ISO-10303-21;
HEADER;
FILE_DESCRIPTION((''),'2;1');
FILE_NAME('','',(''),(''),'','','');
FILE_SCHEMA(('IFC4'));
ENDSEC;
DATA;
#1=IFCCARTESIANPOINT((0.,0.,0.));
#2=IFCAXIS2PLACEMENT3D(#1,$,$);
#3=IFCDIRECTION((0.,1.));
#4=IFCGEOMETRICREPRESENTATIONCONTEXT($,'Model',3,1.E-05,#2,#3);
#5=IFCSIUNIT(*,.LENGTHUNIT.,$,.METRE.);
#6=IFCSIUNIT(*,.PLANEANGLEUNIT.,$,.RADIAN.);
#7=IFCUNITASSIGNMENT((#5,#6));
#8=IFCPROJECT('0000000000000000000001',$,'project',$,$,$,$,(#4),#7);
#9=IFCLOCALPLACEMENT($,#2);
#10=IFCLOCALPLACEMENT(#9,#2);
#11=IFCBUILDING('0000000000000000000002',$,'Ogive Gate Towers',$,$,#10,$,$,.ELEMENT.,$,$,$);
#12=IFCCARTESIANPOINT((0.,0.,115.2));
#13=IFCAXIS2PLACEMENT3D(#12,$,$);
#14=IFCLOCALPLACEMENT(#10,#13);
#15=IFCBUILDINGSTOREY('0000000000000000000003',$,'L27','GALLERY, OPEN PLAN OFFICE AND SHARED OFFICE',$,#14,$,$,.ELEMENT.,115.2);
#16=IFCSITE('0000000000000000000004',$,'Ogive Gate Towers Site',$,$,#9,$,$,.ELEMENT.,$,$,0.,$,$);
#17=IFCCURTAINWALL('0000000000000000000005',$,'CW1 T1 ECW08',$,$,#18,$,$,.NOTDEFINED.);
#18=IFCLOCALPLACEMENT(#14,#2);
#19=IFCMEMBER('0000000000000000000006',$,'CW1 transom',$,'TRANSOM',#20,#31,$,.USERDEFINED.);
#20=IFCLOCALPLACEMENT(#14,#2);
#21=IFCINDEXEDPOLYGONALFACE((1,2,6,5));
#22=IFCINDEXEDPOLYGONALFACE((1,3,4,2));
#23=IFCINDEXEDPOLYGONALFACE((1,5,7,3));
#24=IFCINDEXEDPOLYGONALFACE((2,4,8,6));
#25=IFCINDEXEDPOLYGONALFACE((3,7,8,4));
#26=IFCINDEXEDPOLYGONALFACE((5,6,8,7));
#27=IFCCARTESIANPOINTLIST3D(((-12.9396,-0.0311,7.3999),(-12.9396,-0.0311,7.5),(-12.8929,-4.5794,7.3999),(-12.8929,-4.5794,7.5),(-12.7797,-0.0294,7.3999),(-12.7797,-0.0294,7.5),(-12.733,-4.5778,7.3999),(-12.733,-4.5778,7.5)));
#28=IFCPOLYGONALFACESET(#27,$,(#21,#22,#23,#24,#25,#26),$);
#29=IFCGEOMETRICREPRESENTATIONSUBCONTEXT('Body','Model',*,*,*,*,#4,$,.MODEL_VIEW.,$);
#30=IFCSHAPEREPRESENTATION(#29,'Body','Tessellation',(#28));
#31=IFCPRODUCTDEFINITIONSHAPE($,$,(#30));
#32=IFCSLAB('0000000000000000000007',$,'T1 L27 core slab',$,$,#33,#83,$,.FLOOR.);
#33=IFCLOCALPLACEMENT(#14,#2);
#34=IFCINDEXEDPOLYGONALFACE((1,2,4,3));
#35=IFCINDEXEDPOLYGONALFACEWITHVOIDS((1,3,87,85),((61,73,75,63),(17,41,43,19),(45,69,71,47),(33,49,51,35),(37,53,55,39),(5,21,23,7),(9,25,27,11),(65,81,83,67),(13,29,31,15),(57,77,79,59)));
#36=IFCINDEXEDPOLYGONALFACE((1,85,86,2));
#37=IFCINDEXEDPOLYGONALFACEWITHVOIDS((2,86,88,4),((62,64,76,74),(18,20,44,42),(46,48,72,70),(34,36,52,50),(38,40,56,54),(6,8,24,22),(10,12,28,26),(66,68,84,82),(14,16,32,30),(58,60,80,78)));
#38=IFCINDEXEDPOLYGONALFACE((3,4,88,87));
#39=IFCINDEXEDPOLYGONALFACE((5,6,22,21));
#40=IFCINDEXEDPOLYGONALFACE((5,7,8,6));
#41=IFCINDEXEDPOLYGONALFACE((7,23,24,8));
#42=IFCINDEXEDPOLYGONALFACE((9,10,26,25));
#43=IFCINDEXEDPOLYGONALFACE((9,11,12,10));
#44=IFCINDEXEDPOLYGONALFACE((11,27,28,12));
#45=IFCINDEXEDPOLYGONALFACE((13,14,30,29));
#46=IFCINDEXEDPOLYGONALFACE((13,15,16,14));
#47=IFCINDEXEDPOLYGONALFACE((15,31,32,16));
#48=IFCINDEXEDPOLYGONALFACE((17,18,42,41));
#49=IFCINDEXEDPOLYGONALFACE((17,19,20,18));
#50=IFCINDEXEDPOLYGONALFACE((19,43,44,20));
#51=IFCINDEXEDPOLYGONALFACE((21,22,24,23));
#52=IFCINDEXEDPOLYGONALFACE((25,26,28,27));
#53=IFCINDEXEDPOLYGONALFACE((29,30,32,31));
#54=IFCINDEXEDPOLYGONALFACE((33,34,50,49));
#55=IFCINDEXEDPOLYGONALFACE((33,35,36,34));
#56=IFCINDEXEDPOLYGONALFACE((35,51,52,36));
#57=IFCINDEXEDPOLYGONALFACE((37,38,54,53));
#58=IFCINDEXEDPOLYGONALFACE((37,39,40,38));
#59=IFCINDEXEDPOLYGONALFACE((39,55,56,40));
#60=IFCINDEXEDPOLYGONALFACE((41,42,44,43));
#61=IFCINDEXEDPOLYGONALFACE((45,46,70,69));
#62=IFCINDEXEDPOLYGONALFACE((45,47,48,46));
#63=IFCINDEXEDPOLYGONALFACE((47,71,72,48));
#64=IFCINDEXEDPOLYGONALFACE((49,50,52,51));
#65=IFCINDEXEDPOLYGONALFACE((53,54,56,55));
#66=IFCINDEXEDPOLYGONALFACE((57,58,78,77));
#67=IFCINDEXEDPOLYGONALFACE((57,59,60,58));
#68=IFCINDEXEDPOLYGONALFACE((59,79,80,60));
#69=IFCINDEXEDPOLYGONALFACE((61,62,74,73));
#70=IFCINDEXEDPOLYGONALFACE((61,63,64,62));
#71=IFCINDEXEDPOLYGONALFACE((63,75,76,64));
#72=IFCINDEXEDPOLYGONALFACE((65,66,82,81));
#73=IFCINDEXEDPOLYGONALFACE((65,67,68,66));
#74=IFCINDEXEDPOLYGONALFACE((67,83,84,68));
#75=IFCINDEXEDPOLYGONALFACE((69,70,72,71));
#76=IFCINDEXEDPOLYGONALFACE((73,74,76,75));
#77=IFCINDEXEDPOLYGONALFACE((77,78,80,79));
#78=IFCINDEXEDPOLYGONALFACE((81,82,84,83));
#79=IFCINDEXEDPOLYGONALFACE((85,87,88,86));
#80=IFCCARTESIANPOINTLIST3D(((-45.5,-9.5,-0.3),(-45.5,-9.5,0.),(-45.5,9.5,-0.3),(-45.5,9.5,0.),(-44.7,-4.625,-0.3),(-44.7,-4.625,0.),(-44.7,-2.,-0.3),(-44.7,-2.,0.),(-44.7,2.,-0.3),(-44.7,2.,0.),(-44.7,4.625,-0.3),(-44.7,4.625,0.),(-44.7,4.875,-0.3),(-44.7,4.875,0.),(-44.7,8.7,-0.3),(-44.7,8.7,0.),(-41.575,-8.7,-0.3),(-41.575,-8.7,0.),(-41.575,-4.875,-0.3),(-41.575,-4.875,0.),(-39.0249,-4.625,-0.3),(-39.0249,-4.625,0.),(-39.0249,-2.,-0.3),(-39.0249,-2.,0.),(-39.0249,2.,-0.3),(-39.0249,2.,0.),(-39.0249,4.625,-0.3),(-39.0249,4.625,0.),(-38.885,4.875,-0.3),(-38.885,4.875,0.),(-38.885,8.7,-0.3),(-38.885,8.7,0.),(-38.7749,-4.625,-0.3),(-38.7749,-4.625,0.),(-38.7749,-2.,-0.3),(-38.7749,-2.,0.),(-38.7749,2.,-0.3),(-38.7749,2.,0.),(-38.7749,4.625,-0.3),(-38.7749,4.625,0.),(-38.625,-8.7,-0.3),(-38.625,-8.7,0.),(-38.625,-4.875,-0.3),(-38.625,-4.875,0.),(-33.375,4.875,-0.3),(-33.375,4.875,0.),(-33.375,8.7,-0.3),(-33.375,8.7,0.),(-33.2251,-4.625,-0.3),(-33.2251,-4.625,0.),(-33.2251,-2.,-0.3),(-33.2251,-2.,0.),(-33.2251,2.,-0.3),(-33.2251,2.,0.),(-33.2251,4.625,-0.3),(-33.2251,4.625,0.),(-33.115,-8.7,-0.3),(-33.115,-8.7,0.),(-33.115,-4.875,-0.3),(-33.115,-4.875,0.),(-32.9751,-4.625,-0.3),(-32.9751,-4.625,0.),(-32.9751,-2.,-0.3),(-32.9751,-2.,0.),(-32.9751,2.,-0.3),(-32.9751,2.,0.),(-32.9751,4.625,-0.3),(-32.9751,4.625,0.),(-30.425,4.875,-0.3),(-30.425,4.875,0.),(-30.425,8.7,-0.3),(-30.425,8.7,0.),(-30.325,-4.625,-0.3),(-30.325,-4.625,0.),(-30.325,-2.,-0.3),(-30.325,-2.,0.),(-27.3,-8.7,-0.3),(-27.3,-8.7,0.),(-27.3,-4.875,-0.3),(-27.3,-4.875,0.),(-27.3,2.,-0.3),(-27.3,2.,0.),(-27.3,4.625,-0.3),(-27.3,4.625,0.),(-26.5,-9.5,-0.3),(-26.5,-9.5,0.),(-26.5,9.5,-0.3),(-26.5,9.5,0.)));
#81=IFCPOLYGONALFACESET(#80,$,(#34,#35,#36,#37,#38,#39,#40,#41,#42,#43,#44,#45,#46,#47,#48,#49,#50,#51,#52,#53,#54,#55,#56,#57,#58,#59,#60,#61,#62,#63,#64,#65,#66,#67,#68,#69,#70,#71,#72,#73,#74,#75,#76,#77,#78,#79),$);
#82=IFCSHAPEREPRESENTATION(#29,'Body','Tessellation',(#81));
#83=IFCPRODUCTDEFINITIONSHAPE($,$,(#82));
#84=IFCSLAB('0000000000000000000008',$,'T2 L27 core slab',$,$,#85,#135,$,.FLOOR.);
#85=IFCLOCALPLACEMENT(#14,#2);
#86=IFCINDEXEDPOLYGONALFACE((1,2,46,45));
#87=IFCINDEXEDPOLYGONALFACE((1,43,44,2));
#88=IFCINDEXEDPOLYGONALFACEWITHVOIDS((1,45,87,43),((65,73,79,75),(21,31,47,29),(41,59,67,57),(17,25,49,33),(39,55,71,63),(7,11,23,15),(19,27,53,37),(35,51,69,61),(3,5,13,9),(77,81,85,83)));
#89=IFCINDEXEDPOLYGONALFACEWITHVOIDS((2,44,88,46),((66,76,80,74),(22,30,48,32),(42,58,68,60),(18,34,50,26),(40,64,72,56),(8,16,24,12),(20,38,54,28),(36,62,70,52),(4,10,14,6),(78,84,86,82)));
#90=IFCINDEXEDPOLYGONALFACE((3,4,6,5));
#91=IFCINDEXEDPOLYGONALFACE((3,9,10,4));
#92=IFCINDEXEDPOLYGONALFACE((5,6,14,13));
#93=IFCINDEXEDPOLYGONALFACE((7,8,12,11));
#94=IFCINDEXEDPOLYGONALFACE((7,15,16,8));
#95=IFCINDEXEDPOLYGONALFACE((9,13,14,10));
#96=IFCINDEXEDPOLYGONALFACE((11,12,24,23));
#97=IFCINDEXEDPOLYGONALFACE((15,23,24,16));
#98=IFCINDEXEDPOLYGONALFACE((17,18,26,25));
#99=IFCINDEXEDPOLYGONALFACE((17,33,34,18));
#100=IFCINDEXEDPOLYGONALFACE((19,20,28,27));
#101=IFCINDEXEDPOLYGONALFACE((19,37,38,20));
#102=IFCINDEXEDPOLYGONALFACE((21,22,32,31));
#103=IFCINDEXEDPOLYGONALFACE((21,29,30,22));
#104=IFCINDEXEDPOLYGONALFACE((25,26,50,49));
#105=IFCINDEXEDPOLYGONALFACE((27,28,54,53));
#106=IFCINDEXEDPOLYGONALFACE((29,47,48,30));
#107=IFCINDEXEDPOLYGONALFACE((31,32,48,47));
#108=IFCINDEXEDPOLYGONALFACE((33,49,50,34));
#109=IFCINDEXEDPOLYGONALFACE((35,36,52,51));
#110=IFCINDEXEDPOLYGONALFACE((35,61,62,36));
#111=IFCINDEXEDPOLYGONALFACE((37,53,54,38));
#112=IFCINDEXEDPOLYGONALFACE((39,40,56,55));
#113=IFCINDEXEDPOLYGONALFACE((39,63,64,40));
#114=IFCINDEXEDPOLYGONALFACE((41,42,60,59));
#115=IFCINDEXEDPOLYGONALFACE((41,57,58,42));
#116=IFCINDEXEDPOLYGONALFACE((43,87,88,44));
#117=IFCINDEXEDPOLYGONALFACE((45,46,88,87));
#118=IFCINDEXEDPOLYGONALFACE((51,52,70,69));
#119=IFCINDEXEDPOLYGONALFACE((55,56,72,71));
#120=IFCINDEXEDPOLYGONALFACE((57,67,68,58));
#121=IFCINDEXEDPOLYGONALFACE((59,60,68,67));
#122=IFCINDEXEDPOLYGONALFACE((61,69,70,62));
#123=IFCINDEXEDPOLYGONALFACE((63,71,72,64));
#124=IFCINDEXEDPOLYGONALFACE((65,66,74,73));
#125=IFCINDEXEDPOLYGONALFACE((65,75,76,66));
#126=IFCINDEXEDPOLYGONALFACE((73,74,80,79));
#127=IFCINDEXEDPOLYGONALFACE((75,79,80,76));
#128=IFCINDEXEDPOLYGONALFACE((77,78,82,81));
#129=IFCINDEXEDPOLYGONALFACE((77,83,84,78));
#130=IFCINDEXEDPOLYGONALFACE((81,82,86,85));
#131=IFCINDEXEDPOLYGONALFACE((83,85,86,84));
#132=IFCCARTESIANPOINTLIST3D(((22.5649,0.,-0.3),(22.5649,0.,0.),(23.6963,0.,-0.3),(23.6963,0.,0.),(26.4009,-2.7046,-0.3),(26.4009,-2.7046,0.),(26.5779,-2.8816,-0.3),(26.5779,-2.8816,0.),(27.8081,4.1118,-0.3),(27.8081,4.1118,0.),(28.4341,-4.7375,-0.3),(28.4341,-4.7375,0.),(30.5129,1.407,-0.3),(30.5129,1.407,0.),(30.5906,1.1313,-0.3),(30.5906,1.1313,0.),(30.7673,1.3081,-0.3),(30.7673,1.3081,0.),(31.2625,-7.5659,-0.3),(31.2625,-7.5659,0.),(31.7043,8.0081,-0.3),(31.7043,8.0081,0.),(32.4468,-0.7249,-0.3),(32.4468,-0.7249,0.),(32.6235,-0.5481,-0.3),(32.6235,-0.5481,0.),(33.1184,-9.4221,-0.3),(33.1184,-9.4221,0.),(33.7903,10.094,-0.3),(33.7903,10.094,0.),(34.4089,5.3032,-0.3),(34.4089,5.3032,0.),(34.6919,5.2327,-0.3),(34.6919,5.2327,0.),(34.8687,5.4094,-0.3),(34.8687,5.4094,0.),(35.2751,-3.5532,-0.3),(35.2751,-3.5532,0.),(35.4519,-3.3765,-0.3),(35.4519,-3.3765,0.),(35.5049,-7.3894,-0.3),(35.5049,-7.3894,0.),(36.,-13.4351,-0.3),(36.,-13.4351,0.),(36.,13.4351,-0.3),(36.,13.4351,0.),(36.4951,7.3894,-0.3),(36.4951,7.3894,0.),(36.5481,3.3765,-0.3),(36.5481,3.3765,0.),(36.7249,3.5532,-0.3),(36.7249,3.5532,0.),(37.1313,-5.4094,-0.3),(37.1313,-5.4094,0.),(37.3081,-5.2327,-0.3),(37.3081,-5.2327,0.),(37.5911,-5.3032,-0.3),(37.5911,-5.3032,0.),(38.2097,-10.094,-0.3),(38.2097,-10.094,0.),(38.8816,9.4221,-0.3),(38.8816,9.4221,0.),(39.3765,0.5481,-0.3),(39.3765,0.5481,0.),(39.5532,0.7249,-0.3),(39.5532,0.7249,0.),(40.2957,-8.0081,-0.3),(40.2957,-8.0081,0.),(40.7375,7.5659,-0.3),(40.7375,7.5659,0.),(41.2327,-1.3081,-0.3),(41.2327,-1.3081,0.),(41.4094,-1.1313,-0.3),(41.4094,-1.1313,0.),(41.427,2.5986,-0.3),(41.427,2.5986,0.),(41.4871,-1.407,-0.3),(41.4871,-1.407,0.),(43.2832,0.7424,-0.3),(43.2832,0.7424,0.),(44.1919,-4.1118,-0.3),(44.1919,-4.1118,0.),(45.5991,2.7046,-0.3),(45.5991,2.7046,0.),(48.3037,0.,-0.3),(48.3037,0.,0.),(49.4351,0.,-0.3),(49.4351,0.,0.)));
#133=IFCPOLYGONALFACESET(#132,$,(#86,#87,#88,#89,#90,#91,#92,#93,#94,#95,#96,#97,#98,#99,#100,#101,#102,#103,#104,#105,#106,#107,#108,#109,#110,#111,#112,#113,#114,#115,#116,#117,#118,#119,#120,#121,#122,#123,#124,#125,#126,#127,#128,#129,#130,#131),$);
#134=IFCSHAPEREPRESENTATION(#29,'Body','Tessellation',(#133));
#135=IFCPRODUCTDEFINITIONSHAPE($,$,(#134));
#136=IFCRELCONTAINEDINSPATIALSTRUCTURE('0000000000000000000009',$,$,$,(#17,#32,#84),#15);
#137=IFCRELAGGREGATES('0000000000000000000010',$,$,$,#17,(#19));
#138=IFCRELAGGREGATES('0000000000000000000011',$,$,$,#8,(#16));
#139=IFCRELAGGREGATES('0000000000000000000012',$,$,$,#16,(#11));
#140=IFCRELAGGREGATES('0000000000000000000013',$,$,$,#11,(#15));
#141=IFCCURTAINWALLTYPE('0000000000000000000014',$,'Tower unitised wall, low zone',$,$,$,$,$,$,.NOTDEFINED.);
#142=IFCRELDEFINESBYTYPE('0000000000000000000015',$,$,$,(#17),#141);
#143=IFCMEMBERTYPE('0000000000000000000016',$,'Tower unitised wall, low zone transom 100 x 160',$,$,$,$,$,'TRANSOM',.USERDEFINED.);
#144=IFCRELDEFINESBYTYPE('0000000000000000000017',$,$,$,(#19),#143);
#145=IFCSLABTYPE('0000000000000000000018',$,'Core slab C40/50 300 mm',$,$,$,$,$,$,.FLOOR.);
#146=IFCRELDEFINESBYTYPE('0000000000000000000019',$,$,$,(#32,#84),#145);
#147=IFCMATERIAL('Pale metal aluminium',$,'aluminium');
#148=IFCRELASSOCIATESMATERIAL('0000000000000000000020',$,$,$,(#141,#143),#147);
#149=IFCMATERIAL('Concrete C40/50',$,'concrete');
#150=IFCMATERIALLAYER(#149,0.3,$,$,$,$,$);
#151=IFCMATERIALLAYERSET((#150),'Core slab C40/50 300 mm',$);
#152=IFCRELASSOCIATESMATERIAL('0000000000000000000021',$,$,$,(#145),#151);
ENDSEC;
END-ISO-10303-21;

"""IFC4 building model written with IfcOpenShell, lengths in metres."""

from ifc_helpers import new_model, si_unit, direction, frame, origin, origin_2d, place, context, subcontext, project, spatial, polyline, rectangle, outline, extrude, material, layer, layer_set, material_profile, profile_set, type_object, element, aggregate, save


model = new_model("IFC4")

# Units and contexts
model_context = context("Model", 3, precision=1e-05, world=origin(), true_north=direction((0.0, 1.0)))
body_context = subcontext(model_context, "Body", "Model", "MODEL_VIEW")
ifc_project = project(units=[si_unit("LENGTHUNIT", "METRE"), si_unit("PLANEANGLEUNIT", "RADIAN")], contexts=[model_context])

# Site, building, storey
site_placement = place(None, origin())
site = spatial("IfcSite", under=ifc_project, at=site_placement, Name="Ogive Gate Towers Site", CompositionType="ELEMENT", RefElevation=0.0)
building_placement = place(site_placement, origin())
building = spatial("IfcBuilding", under=site, at=building_placement, Name="Ogive Gate Towers", CompositionType="ELEMENT")
storey_placement = place(building_placement, frame((0.0, 0.0, 115.2)))
storey = spatial("IfcBuildingStorey", under=building, at=storey_placement, Name="L27", Description="GALLERY, OPEN PLAN OFFICE AND SHARED OFFICE", CompositionType="ELEMENT", Elevation=115.2)

# Curtain wall
ifc_material_1 = material(Name="Pale metal aluminium", Category="aluminium")
curtain_wall_type = type_object("IfcCurtainWallType", Name="Tower unitised wall, low zone", PredefinedType="NOTDEFINED", material=ifc_material_1)
curtain_wall_1_placement = place(storey_placement, origin())
curtain_wall_1 = element("IfcCurtainWall", 1, at=curtain_wall_1_placement, inside=storey, type_object=curtain_wall_type, Name="CW1 T1 ECW08", PredefinedType="NOTDEFINED")

# Member
ifc_material_profile_1 = material_profile(ifc_material_1, rectangle(XDim=0.1599, YDim=0.1001, at=origin_2d()), Name="100 x 160 aluminium box")
ifc_profile_set_1 = profile_set([ifc_material_profile_1], Name="Pale metal aluminium")
member_type_1 = type_object("IfcMemberType", Name="Tower unitised wall, low zone transom 100 x 160", ElementType="TRANSOM", PredefinedType="USERDEFINED", material=ifc_profile_set_1)
member_1_placement = place(storey_placement, frame((-12.813, -4.5786, 7.45), z_axis=(-0.010252, 0.999947, 0.0), x_axis=(-0.999947, -0.010252, 0.0)))
member_1 = element("IfcMember", 2, at=member_1_placement, type_object=member_type_1, Name="CW1 transom", ObjectType="TRANSOM", PredefinedType="USERDEFINED", context=body_context, shape_type="SweptSolid", body=[
    extrude(rectangle(XDim=0.1599, YDim=0.1001, at=origin_2d()), origin(), (0.0, 0.0, 1.0), 4.5486),
])

# Slabs
ifc_material_2 = material(Name="Concrete C40/50", Category="concrete")
ifc_layer_1 = layer(ifc_material_2, 0.3)
ifc_layer_set_1 = layer_set([ifc_layer_1], Name="Core slab C40/50 300 mm")
slab_type_1 = type_object("IfcSlabType", Name="Core slab C40/50 300 mm", PredefinedType="FLOOR", material=ifc_layer_set_1)
slab_1_placement = place(storey_placement, frame((0.0, 0.0, -0.3)))
element("IfcSlab", 3, at=slab_1_placement, inside=storey, type_object=slab_type_1, Name="T1 L27 core slab", PredefinedType="FLOOR", context=body_context, shape_type="SweptSolid", body=[
    extrude(outline(polyline([(-26.5, 9.5), (-26.5, -9.5), (-45.5, -9.5), (-45.5, 9.5), (-26.5, 9.5)]), holes=[polyline([(-39.0249, 4.625), (-44.7, 4.625), (-44.7, 2.0), (-39.0249, 2.0), (-39.0249, 4.625)]), polyline([(-33.2251, 2.0), (-33.2251, 4.625), (-38.7749, 4.625), (-38.7749, 2.0), (-33.2251, 2.0)]), polyline([(-32.9751, 2.0), (-27.3, 2.0), (-27.3, 4.625), (-32.9751, 4.625), (-32.9751, 2.0)]), polyline([(-44.7, -2.0), (-44.7, -4.625), (-39.0249, -4.625), (-39.0249, -2.0), (-44.7, -2.0)]), polyline([(-33.2251, -2.0), (-38.7749, -2.0), (-38.7749, -4.625), (-33.2251, -4.625), (-33.2251, -2.0)]), polyline([(-30.325, -4.625), (-30.325, -2.0), (-32.9751, -2.0), (-32.9751, -4.625), (-30.325, -4.625)]), polyline([(-33.375, 4.875), (-30.425, 4.875), (-30.425, 8.7), (-33.375, 8.7), (-33.375, 4.875)]), polyline([(-41.575, -4.875), (-41.575, -8.7), (-38.625, -8.7), (-38.625, -4.875), (-41.575, -4.875)]), polyline([(-44.7, 4.875), (-38.885, 4.875), (-38.885, 8.7), (-44.7, 8.7), (-44.7, 4.875)]), polyline([(-27.3, -8.7), (-27.3, -4.875), (-33.115, -4.875), (-33.115, -8.7), (-27.3, -8.7)])]), origin(), (0.0, 0.0, 1.0), 0.3),
])
slab_2_placement = place(storey_placement, frame((0.0, 0.0, -0.3)))
element("IfcSlab", 4, at=slab_2_placement, inside=storey, type_object=slab_type_1, Name="T2 L27 core slab", PredefinedType="FLOOR", context=body_context, shape_type="SweptSolid", body=[
    extrude(outline(polyline([(36.0, 13.4351), (49.4351, 0.0), (36.0, -13.4351), (22.5649, 0.0), (36.0, 13.4351)]), holes=[polyline([(30.5906, 1.1313), (26.5779, -2.8816), (28.4341, -4.7375), (32.4468, -0.7249), (30.5906, 1.1313)]), polyline([(36.5481, 3.3765), (34.6919, 5.2327), (30.7673, 1.3081), (32.6235, -0.5481), (36.5481, 3.3765)]), polyline([(36.7249, 3.5532), (40.7375, 7.5659), (38.8816, 9.4221), (34.8687, 5.4094), (36.7249, 3.5532)]), polyline([(31.2625, -7.5659), (33.1184, -9.4221), (37.1313, -5.4094), (35.2751, -3.5532), (31.2625, -7.5659)]), polyline([(39.3765, 0.5481), (35.4519, -3.3765), (37.3081, -5.2327), (41.2327, -1.3081), (39.3765, 0.5481)]), polyline([(43.2832, 0.7424), (41.427, 2.5986), (39.5532, 0.7249), (41.4094, -1.1313), (43.2832, 0.7424)]), polyline([(34.4089, 5.3032), (36.4951, 7.3894), (33.7903, 10.094), (31.7043, 8.0081), (34.4089, 5.3032)]), polyline([(35.5049, -7.3894), (38.2097, -10.094), (40.2957, -8.0081), (37.5911, -5.3032), (35.5049, -7.3894)]), polyline([(26.4009, -2.7046), (30.5129, 1.407), (27.8081, 4.1118), (23.6963, 0.0), (26.4009, -2.7046)]), polyline([(48.3037, 0.0), (45.5991, 2.7046), (41.4871, -1.407), (44.1919, -4.1118), (48.3037, 0.0)])]), origin(), (0.0, 0.0, 1.0), 0.3),
])

aggregate(curtain_wall_1, [member_1])

save(model, "model.ifc")
